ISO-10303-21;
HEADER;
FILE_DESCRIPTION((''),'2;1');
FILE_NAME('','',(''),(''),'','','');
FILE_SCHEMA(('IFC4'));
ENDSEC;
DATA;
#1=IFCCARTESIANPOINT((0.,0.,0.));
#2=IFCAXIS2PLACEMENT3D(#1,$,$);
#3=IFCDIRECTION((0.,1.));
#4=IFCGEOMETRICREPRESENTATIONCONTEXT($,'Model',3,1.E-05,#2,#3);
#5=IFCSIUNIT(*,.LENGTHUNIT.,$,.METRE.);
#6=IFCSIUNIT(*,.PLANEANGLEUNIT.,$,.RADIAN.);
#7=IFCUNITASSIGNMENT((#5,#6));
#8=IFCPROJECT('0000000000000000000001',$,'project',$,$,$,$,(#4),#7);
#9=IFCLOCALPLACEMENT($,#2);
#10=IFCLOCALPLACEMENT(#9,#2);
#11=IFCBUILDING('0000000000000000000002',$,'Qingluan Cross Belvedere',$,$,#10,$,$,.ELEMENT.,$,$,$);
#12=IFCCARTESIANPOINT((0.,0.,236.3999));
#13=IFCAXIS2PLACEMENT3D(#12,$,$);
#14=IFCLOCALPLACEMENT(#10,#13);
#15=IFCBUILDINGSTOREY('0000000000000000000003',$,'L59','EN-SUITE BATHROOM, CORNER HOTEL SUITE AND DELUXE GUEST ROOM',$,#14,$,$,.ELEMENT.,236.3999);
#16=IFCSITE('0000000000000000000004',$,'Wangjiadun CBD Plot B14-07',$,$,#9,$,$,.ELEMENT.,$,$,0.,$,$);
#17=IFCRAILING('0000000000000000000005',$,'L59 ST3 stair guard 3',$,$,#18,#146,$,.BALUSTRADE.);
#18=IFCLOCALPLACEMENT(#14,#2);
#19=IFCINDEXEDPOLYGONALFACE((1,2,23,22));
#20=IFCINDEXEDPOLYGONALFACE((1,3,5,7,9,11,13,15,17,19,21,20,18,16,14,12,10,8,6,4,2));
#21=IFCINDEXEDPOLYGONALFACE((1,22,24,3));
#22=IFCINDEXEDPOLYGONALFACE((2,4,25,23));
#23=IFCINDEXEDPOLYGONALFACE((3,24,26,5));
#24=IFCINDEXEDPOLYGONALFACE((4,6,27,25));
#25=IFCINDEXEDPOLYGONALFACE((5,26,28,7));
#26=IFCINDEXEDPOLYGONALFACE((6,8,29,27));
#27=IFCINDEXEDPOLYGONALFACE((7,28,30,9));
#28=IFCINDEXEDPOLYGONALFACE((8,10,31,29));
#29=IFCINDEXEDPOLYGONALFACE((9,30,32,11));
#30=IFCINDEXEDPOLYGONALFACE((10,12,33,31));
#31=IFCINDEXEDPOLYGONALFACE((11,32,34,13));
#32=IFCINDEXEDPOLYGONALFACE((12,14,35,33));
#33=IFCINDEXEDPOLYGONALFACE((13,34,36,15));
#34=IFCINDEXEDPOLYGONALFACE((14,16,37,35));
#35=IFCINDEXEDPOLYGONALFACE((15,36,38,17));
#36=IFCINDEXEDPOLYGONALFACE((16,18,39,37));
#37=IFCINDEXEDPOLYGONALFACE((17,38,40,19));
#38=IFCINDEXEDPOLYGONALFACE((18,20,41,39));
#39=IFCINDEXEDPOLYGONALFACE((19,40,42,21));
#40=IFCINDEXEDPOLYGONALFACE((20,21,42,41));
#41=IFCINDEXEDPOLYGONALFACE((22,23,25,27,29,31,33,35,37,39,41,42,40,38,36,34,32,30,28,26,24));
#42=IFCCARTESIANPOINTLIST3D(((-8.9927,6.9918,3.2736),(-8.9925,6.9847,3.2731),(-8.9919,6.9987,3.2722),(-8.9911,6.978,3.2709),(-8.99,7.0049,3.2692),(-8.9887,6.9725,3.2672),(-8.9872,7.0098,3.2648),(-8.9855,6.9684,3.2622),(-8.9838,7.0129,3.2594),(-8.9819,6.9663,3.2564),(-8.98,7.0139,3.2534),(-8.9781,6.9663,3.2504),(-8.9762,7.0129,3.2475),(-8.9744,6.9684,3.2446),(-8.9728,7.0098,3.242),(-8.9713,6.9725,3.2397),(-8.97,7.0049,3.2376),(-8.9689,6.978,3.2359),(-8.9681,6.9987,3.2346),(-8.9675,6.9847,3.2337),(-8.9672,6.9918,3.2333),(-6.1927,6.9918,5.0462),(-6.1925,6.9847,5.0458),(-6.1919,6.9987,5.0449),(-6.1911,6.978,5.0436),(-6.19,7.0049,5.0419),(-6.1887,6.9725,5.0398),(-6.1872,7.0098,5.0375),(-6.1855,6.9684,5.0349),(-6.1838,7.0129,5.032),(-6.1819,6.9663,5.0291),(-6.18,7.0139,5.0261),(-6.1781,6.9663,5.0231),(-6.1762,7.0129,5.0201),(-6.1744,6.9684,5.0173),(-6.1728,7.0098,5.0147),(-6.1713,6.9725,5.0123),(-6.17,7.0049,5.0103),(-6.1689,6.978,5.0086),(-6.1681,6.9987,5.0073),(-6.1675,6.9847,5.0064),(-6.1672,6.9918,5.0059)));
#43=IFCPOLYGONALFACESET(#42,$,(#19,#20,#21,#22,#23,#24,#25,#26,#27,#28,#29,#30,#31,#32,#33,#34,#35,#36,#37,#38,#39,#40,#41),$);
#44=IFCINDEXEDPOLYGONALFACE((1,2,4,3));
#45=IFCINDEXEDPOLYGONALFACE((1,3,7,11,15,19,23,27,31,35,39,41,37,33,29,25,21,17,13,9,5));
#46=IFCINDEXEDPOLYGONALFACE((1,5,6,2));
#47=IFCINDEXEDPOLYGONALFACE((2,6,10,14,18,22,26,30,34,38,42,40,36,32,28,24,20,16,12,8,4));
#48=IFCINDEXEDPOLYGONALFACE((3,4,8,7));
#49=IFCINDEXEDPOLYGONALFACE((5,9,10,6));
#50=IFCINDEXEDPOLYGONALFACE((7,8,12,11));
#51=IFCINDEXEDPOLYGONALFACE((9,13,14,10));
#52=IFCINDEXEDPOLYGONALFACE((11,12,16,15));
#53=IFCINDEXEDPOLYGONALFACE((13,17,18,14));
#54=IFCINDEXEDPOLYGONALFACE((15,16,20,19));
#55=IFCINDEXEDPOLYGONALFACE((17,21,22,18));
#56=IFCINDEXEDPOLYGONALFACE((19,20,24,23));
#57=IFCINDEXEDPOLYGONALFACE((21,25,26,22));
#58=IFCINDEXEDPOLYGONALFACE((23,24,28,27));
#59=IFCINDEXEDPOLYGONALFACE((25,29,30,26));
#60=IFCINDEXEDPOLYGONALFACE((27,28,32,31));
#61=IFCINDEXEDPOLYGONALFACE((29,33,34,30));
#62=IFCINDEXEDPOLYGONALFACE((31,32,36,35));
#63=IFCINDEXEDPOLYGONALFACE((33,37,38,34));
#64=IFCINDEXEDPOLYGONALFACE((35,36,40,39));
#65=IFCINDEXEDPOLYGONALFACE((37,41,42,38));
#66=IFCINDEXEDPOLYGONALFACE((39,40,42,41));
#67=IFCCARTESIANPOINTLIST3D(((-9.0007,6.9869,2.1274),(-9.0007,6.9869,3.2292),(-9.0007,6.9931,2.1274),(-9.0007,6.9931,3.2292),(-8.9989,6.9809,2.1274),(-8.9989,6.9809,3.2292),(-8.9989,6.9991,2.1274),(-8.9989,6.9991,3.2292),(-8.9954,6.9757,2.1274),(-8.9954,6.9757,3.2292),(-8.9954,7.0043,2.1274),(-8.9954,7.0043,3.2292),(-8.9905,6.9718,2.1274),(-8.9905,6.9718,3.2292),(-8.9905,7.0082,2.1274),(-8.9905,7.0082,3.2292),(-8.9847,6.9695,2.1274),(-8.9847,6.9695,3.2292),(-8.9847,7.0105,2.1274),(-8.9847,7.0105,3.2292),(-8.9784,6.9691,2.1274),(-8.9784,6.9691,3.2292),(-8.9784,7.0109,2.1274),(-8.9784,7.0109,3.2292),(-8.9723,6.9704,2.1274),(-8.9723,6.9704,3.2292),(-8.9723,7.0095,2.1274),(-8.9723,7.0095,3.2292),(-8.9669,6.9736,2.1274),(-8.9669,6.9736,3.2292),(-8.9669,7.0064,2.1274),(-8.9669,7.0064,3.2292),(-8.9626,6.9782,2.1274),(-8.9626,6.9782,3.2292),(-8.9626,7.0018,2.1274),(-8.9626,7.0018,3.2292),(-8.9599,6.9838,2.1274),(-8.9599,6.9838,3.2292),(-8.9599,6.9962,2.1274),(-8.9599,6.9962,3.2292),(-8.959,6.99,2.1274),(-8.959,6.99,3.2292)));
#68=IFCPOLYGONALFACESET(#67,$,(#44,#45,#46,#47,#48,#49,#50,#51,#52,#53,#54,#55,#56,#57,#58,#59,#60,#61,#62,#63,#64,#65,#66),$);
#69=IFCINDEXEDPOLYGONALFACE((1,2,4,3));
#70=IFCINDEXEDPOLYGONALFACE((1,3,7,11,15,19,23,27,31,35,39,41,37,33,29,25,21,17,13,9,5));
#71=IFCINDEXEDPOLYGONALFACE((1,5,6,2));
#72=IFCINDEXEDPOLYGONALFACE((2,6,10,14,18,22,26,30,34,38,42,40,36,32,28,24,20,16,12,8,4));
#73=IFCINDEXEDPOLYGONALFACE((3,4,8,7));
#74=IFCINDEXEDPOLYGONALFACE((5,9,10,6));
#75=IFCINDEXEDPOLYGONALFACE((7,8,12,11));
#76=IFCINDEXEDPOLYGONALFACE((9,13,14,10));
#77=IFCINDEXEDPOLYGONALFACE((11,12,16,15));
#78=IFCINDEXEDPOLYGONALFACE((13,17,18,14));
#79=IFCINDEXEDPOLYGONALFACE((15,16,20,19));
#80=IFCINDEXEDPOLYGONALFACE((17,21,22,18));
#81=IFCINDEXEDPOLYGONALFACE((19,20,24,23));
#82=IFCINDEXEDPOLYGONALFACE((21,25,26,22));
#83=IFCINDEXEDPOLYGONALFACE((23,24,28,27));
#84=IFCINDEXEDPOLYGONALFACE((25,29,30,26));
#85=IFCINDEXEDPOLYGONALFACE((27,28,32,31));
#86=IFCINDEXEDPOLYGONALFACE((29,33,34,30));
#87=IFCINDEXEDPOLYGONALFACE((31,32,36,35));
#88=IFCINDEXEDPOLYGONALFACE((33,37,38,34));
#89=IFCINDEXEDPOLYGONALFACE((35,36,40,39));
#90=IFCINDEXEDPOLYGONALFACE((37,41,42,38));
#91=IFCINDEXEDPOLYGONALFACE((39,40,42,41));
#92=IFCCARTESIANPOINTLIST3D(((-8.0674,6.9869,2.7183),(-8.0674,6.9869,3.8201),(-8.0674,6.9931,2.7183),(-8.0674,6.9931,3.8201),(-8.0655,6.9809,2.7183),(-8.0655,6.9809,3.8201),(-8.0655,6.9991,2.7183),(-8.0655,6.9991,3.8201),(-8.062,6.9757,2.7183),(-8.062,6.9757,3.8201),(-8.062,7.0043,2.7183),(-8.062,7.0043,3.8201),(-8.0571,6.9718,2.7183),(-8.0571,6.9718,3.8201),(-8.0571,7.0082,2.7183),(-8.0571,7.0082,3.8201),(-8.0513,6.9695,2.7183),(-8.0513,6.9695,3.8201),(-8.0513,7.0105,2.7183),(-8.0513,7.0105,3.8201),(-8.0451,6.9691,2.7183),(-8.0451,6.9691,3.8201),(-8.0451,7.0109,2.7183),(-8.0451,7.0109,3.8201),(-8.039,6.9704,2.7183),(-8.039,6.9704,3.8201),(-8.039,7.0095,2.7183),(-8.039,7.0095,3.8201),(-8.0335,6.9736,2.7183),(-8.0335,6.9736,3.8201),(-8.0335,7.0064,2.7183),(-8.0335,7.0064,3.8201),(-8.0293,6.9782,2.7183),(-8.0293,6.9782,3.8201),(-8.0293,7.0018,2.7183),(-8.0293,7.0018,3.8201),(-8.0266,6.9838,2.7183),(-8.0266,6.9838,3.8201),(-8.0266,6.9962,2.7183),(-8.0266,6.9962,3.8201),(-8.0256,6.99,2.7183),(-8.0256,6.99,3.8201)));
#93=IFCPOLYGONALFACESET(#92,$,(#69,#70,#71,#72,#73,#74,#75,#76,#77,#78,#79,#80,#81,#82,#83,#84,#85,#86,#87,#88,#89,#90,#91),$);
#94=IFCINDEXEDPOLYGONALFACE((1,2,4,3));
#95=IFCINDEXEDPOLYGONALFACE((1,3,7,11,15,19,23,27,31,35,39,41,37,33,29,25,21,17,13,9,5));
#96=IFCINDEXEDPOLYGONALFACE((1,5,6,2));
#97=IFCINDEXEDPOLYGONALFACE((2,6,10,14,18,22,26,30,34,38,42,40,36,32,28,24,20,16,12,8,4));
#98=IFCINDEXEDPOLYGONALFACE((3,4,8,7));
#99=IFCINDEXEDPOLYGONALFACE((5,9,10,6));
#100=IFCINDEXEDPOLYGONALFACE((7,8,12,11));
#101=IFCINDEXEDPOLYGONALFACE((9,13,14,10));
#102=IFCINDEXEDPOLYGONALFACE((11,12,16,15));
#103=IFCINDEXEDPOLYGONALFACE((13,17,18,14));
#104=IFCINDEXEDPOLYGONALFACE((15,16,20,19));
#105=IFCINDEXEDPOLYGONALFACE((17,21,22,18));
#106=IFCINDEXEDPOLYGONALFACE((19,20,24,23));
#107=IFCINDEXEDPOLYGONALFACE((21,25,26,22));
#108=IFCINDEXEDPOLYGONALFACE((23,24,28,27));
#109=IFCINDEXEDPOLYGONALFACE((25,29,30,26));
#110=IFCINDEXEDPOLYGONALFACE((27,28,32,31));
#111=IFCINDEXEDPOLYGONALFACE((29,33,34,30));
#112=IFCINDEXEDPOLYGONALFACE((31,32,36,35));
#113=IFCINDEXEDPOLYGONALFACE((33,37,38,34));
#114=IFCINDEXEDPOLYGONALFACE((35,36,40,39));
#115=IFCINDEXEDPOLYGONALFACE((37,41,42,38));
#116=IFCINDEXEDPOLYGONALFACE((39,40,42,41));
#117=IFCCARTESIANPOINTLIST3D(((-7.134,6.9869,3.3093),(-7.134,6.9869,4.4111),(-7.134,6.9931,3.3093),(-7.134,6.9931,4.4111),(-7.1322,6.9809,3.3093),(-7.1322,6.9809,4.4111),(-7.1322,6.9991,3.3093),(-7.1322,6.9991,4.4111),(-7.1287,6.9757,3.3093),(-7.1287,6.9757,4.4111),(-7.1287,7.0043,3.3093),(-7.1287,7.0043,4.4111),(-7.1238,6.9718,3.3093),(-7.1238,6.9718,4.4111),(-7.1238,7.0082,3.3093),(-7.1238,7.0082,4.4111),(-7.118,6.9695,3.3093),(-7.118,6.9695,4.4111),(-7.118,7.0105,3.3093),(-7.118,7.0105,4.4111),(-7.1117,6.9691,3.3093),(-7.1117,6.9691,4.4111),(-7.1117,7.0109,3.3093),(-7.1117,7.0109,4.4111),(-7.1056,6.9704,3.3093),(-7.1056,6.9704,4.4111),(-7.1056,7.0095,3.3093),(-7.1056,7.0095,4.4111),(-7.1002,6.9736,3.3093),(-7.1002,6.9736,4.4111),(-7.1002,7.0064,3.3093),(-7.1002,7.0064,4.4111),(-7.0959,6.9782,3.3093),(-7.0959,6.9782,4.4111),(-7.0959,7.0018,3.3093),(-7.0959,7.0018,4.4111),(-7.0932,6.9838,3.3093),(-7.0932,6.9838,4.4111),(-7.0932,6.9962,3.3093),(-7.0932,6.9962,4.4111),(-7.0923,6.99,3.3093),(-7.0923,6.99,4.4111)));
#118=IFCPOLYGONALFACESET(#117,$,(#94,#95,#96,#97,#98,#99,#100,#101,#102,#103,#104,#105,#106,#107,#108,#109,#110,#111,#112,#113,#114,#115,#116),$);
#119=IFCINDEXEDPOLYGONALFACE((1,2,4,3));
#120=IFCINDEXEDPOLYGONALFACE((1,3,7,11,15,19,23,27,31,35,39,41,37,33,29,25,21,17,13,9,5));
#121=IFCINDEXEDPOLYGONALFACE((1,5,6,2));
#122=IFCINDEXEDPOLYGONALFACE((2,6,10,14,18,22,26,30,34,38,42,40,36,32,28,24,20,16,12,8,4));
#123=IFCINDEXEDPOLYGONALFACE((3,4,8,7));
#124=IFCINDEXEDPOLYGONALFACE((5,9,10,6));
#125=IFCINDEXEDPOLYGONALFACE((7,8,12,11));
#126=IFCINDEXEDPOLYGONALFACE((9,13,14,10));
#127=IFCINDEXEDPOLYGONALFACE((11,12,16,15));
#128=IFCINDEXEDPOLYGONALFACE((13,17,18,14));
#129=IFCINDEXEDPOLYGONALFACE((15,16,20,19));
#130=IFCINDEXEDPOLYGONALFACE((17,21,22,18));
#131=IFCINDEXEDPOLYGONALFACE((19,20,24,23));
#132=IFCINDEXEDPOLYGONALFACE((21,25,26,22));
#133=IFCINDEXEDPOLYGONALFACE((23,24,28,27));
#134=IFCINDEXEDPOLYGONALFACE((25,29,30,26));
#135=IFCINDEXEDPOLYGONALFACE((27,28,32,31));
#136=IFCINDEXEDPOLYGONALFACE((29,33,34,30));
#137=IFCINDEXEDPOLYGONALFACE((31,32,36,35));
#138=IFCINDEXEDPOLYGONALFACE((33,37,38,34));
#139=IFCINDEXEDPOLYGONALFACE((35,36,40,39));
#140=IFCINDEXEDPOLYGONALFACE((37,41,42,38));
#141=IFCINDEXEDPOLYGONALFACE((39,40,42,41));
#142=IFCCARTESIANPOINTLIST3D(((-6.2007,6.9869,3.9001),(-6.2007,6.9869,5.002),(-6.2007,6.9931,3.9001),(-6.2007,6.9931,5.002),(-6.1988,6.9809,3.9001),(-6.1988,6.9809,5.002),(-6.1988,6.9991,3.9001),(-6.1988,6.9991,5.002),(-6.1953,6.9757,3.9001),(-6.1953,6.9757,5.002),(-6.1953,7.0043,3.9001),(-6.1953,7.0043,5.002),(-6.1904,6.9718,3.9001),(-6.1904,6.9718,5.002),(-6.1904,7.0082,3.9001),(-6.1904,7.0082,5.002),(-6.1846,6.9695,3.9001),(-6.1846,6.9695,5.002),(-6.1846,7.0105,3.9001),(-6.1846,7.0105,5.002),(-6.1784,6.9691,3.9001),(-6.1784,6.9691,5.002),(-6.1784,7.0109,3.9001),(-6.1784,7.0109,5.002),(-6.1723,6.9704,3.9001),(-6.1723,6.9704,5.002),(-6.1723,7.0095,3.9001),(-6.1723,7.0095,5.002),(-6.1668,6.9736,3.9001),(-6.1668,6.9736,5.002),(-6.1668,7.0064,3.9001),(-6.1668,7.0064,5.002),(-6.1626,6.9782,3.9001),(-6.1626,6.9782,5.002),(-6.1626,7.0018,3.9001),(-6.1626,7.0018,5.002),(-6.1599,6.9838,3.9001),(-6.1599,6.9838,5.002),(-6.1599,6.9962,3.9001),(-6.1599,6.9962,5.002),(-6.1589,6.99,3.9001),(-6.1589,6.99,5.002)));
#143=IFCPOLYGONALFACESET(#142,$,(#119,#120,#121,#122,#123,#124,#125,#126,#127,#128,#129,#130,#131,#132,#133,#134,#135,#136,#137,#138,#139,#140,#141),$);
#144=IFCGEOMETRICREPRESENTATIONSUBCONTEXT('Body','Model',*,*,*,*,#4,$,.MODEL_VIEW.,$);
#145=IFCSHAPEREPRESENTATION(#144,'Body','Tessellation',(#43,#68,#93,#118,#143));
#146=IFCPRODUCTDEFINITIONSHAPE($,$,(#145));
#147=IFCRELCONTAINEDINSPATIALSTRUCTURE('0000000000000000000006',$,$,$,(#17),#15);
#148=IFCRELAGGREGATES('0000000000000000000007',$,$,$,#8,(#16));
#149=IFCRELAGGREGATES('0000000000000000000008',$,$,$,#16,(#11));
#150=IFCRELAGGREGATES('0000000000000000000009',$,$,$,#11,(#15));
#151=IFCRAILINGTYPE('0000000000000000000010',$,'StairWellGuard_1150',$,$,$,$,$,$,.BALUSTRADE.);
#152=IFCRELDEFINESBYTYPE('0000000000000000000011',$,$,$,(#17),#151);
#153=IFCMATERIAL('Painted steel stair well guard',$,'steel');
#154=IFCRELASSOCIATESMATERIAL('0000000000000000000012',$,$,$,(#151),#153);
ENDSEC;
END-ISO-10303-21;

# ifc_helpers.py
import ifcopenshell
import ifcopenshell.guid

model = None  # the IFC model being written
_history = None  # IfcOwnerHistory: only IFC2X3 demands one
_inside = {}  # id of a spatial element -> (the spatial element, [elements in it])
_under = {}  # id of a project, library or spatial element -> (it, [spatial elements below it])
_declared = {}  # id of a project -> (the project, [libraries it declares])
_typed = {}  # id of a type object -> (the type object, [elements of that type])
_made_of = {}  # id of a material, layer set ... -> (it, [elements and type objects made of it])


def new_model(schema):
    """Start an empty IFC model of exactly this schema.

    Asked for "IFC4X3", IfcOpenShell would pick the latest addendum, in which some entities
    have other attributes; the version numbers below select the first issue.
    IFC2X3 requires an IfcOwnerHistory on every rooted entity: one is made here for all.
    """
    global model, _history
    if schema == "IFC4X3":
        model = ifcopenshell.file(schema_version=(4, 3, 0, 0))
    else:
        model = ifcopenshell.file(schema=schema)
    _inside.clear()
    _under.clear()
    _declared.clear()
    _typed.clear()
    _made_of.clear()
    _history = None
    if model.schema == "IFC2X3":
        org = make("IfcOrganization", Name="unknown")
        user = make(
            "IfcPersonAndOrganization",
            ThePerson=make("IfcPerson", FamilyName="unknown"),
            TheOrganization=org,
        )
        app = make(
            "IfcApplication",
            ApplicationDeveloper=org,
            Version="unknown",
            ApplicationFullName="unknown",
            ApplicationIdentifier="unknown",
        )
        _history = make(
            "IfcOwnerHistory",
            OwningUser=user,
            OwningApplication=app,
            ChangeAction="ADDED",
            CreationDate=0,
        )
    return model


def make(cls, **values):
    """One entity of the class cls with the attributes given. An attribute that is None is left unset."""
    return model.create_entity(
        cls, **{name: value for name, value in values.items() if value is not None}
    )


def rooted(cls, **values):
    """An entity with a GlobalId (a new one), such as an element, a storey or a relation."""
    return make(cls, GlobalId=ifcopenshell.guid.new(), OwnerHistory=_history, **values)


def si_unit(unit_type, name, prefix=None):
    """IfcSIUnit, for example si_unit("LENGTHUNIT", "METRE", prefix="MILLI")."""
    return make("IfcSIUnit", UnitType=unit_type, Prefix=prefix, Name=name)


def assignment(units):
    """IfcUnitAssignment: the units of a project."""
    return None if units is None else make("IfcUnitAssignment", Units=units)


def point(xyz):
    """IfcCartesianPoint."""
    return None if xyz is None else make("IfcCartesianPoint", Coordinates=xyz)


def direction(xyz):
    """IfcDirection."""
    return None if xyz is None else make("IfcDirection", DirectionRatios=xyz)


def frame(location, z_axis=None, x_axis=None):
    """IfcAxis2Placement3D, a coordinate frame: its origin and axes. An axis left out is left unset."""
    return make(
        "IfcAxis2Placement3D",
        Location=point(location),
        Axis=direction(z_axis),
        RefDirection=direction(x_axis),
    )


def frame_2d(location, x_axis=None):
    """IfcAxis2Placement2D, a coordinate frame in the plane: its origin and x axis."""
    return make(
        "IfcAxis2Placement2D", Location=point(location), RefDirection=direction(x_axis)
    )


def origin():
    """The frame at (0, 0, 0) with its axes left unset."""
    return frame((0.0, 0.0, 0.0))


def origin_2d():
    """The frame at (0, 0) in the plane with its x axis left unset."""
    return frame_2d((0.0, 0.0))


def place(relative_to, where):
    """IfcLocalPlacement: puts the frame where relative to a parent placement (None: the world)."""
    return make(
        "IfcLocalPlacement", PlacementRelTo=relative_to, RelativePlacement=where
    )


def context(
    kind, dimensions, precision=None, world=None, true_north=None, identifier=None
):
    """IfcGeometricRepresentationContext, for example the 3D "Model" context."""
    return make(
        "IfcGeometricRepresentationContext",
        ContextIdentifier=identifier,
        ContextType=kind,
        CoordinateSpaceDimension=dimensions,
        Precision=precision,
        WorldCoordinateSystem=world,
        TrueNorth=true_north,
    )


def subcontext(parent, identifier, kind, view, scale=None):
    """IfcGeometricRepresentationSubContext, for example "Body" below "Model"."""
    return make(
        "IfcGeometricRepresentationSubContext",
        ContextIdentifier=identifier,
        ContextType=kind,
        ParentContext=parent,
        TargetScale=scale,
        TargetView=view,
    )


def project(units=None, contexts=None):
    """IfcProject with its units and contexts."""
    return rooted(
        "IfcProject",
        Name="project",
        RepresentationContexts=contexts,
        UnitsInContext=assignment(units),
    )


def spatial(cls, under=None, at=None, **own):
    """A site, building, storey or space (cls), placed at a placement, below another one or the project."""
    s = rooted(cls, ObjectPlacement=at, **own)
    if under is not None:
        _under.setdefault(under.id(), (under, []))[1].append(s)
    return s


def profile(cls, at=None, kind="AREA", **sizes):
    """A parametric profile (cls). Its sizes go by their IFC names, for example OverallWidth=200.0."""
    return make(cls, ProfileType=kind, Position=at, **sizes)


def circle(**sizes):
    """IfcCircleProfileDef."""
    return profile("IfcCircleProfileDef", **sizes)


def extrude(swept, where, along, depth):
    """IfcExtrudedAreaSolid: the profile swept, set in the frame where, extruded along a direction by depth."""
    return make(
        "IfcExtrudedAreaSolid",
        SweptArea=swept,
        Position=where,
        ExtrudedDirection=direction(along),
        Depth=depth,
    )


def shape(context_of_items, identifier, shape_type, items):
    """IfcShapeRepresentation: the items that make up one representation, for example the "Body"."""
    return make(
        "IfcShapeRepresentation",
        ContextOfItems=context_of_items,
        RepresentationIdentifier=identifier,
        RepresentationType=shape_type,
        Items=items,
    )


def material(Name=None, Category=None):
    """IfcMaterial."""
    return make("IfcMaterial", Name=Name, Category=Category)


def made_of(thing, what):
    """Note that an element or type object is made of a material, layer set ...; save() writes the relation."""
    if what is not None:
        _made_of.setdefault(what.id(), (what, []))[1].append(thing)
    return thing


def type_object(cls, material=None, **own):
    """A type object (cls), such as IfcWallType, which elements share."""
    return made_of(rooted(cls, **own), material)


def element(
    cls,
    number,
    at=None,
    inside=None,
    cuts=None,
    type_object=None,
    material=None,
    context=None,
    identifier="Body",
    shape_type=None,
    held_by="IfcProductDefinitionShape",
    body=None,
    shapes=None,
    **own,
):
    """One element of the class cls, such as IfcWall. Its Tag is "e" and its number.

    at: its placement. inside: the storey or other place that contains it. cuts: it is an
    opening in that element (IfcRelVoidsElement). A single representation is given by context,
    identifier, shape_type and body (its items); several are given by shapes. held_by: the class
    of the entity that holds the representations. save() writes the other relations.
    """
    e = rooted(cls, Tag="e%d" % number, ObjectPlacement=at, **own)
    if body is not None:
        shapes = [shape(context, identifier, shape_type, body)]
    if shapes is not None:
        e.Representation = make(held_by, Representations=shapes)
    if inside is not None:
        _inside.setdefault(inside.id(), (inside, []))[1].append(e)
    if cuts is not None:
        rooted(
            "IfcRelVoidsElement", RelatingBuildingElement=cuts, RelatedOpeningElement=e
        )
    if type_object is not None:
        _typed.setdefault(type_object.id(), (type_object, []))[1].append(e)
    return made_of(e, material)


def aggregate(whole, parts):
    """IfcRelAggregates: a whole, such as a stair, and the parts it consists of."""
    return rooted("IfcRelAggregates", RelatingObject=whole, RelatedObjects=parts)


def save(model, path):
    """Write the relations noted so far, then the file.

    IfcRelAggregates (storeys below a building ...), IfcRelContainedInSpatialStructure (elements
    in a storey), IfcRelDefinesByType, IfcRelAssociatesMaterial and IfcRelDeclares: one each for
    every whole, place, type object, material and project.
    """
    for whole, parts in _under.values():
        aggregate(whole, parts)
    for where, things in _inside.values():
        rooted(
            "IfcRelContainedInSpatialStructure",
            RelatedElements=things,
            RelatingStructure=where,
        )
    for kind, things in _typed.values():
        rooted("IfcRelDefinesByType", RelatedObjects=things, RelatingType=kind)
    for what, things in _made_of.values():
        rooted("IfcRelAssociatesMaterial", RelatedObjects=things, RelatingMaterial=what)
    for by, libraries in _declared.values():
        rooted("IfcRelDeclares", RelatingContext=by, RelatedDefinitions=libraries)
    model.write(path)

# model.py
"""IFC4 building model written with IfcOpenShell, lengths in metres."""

from ifc_helpers import new_model, si_unit, direction, frame, origin, origin_2d, place, context, subcontext, project, spatial, circle, extrude, material, type_object, element, save


model = new_model("IFC4")

# Units and contexts
model_context = context("Model", 3, precision=1e-05, world=origin(), true_north=direction((0.0, 1.0)))
body_context = subcontext(model_context, "Body", "Model", "MODEL_VIEW")
ifc_project = project(units=[si_unit("LENGTHUNIT", "METRE"), si_unit("PLANEANGLEUNIT", "RADIAN")], contexts=[model_context])

# Site, building, storey
site_placement = place(None, origin())
site = spatial("IfcSite", under=ifc_project, at=site_placement, Name="Wangjiadun CBD Plot B14-07", CompositionType="ELEMENT", RefElevation=0.0)
building_placement = place(site_placement, origin())
building = spatial("IfcBuilding", under=site, at=building_placement, Name="Qingluan Cross Belvedere", CompositionType="ELEMENT")
storey_placement = place(building_placement, frame((0.0, 0.0, 236.3999)))
storey = spatial("IfcBuildingStorey", under=building, at=storey_placement, Name="L59", Description="EN-SUITE BATHROOM, CORNER HOTEL SUITE AND DELUXE GUEST ROOM", CompositionType="ELEMENT", Elevation=236.3999)

# Railing
ifc_material_1 = material(Name="Painted steel stair well guard", Category="steel")
railing_type_1 = type_object("IfcRailingType", Name="StairWellGuard_1150", PredefinedType="BALUSTRADE", material=ifc_material_1)
railing_1_placement = place(storey_placement, frame((-8.98, 6.99, 2.1274)))
element("IfcRailing", 1, at=railing_1_placement, inside=storey, type_object=railing_type_1, Name="L59 ST3 stair guard 3", PredefinedType="BALUSTRADE", context=body_context, shape_type="SweptSolid", body=[
    extrude(circle(Radius=0.0239, at=origin_2d()), frame((0.0, 0.0, 1.126), z_axis=(0.844909, 0.0, 0.53491), x_axis=(0.0, 1.0, 0.0)), (0.0, 0.0, 1.0), 3.314),
    extrude(circle(Radius=0.021, at=origin_2d()), origin(), (0.0, 0.0, 1.0), 1.1018),
    extrude(circle(Radius=0.021, at=origin_2d()), frame((0.9333, 0.0, 0.5908)), (0.0, 0.0, 1.0), 1.1018),
    extrude(circle(Radius=0.021, at=origin_2d()), frame((1.8667, 0.0, 1.1819)), (0.0, 0.0, 1.0), 1.1018),
    extrude(circle(Radius=0.021, at=origin_2d()), frame((2.8, 0.0, 1.7727)), (0.0, 0.0, 1.0), 1.1018),
])

save(model, "model.ifc")
